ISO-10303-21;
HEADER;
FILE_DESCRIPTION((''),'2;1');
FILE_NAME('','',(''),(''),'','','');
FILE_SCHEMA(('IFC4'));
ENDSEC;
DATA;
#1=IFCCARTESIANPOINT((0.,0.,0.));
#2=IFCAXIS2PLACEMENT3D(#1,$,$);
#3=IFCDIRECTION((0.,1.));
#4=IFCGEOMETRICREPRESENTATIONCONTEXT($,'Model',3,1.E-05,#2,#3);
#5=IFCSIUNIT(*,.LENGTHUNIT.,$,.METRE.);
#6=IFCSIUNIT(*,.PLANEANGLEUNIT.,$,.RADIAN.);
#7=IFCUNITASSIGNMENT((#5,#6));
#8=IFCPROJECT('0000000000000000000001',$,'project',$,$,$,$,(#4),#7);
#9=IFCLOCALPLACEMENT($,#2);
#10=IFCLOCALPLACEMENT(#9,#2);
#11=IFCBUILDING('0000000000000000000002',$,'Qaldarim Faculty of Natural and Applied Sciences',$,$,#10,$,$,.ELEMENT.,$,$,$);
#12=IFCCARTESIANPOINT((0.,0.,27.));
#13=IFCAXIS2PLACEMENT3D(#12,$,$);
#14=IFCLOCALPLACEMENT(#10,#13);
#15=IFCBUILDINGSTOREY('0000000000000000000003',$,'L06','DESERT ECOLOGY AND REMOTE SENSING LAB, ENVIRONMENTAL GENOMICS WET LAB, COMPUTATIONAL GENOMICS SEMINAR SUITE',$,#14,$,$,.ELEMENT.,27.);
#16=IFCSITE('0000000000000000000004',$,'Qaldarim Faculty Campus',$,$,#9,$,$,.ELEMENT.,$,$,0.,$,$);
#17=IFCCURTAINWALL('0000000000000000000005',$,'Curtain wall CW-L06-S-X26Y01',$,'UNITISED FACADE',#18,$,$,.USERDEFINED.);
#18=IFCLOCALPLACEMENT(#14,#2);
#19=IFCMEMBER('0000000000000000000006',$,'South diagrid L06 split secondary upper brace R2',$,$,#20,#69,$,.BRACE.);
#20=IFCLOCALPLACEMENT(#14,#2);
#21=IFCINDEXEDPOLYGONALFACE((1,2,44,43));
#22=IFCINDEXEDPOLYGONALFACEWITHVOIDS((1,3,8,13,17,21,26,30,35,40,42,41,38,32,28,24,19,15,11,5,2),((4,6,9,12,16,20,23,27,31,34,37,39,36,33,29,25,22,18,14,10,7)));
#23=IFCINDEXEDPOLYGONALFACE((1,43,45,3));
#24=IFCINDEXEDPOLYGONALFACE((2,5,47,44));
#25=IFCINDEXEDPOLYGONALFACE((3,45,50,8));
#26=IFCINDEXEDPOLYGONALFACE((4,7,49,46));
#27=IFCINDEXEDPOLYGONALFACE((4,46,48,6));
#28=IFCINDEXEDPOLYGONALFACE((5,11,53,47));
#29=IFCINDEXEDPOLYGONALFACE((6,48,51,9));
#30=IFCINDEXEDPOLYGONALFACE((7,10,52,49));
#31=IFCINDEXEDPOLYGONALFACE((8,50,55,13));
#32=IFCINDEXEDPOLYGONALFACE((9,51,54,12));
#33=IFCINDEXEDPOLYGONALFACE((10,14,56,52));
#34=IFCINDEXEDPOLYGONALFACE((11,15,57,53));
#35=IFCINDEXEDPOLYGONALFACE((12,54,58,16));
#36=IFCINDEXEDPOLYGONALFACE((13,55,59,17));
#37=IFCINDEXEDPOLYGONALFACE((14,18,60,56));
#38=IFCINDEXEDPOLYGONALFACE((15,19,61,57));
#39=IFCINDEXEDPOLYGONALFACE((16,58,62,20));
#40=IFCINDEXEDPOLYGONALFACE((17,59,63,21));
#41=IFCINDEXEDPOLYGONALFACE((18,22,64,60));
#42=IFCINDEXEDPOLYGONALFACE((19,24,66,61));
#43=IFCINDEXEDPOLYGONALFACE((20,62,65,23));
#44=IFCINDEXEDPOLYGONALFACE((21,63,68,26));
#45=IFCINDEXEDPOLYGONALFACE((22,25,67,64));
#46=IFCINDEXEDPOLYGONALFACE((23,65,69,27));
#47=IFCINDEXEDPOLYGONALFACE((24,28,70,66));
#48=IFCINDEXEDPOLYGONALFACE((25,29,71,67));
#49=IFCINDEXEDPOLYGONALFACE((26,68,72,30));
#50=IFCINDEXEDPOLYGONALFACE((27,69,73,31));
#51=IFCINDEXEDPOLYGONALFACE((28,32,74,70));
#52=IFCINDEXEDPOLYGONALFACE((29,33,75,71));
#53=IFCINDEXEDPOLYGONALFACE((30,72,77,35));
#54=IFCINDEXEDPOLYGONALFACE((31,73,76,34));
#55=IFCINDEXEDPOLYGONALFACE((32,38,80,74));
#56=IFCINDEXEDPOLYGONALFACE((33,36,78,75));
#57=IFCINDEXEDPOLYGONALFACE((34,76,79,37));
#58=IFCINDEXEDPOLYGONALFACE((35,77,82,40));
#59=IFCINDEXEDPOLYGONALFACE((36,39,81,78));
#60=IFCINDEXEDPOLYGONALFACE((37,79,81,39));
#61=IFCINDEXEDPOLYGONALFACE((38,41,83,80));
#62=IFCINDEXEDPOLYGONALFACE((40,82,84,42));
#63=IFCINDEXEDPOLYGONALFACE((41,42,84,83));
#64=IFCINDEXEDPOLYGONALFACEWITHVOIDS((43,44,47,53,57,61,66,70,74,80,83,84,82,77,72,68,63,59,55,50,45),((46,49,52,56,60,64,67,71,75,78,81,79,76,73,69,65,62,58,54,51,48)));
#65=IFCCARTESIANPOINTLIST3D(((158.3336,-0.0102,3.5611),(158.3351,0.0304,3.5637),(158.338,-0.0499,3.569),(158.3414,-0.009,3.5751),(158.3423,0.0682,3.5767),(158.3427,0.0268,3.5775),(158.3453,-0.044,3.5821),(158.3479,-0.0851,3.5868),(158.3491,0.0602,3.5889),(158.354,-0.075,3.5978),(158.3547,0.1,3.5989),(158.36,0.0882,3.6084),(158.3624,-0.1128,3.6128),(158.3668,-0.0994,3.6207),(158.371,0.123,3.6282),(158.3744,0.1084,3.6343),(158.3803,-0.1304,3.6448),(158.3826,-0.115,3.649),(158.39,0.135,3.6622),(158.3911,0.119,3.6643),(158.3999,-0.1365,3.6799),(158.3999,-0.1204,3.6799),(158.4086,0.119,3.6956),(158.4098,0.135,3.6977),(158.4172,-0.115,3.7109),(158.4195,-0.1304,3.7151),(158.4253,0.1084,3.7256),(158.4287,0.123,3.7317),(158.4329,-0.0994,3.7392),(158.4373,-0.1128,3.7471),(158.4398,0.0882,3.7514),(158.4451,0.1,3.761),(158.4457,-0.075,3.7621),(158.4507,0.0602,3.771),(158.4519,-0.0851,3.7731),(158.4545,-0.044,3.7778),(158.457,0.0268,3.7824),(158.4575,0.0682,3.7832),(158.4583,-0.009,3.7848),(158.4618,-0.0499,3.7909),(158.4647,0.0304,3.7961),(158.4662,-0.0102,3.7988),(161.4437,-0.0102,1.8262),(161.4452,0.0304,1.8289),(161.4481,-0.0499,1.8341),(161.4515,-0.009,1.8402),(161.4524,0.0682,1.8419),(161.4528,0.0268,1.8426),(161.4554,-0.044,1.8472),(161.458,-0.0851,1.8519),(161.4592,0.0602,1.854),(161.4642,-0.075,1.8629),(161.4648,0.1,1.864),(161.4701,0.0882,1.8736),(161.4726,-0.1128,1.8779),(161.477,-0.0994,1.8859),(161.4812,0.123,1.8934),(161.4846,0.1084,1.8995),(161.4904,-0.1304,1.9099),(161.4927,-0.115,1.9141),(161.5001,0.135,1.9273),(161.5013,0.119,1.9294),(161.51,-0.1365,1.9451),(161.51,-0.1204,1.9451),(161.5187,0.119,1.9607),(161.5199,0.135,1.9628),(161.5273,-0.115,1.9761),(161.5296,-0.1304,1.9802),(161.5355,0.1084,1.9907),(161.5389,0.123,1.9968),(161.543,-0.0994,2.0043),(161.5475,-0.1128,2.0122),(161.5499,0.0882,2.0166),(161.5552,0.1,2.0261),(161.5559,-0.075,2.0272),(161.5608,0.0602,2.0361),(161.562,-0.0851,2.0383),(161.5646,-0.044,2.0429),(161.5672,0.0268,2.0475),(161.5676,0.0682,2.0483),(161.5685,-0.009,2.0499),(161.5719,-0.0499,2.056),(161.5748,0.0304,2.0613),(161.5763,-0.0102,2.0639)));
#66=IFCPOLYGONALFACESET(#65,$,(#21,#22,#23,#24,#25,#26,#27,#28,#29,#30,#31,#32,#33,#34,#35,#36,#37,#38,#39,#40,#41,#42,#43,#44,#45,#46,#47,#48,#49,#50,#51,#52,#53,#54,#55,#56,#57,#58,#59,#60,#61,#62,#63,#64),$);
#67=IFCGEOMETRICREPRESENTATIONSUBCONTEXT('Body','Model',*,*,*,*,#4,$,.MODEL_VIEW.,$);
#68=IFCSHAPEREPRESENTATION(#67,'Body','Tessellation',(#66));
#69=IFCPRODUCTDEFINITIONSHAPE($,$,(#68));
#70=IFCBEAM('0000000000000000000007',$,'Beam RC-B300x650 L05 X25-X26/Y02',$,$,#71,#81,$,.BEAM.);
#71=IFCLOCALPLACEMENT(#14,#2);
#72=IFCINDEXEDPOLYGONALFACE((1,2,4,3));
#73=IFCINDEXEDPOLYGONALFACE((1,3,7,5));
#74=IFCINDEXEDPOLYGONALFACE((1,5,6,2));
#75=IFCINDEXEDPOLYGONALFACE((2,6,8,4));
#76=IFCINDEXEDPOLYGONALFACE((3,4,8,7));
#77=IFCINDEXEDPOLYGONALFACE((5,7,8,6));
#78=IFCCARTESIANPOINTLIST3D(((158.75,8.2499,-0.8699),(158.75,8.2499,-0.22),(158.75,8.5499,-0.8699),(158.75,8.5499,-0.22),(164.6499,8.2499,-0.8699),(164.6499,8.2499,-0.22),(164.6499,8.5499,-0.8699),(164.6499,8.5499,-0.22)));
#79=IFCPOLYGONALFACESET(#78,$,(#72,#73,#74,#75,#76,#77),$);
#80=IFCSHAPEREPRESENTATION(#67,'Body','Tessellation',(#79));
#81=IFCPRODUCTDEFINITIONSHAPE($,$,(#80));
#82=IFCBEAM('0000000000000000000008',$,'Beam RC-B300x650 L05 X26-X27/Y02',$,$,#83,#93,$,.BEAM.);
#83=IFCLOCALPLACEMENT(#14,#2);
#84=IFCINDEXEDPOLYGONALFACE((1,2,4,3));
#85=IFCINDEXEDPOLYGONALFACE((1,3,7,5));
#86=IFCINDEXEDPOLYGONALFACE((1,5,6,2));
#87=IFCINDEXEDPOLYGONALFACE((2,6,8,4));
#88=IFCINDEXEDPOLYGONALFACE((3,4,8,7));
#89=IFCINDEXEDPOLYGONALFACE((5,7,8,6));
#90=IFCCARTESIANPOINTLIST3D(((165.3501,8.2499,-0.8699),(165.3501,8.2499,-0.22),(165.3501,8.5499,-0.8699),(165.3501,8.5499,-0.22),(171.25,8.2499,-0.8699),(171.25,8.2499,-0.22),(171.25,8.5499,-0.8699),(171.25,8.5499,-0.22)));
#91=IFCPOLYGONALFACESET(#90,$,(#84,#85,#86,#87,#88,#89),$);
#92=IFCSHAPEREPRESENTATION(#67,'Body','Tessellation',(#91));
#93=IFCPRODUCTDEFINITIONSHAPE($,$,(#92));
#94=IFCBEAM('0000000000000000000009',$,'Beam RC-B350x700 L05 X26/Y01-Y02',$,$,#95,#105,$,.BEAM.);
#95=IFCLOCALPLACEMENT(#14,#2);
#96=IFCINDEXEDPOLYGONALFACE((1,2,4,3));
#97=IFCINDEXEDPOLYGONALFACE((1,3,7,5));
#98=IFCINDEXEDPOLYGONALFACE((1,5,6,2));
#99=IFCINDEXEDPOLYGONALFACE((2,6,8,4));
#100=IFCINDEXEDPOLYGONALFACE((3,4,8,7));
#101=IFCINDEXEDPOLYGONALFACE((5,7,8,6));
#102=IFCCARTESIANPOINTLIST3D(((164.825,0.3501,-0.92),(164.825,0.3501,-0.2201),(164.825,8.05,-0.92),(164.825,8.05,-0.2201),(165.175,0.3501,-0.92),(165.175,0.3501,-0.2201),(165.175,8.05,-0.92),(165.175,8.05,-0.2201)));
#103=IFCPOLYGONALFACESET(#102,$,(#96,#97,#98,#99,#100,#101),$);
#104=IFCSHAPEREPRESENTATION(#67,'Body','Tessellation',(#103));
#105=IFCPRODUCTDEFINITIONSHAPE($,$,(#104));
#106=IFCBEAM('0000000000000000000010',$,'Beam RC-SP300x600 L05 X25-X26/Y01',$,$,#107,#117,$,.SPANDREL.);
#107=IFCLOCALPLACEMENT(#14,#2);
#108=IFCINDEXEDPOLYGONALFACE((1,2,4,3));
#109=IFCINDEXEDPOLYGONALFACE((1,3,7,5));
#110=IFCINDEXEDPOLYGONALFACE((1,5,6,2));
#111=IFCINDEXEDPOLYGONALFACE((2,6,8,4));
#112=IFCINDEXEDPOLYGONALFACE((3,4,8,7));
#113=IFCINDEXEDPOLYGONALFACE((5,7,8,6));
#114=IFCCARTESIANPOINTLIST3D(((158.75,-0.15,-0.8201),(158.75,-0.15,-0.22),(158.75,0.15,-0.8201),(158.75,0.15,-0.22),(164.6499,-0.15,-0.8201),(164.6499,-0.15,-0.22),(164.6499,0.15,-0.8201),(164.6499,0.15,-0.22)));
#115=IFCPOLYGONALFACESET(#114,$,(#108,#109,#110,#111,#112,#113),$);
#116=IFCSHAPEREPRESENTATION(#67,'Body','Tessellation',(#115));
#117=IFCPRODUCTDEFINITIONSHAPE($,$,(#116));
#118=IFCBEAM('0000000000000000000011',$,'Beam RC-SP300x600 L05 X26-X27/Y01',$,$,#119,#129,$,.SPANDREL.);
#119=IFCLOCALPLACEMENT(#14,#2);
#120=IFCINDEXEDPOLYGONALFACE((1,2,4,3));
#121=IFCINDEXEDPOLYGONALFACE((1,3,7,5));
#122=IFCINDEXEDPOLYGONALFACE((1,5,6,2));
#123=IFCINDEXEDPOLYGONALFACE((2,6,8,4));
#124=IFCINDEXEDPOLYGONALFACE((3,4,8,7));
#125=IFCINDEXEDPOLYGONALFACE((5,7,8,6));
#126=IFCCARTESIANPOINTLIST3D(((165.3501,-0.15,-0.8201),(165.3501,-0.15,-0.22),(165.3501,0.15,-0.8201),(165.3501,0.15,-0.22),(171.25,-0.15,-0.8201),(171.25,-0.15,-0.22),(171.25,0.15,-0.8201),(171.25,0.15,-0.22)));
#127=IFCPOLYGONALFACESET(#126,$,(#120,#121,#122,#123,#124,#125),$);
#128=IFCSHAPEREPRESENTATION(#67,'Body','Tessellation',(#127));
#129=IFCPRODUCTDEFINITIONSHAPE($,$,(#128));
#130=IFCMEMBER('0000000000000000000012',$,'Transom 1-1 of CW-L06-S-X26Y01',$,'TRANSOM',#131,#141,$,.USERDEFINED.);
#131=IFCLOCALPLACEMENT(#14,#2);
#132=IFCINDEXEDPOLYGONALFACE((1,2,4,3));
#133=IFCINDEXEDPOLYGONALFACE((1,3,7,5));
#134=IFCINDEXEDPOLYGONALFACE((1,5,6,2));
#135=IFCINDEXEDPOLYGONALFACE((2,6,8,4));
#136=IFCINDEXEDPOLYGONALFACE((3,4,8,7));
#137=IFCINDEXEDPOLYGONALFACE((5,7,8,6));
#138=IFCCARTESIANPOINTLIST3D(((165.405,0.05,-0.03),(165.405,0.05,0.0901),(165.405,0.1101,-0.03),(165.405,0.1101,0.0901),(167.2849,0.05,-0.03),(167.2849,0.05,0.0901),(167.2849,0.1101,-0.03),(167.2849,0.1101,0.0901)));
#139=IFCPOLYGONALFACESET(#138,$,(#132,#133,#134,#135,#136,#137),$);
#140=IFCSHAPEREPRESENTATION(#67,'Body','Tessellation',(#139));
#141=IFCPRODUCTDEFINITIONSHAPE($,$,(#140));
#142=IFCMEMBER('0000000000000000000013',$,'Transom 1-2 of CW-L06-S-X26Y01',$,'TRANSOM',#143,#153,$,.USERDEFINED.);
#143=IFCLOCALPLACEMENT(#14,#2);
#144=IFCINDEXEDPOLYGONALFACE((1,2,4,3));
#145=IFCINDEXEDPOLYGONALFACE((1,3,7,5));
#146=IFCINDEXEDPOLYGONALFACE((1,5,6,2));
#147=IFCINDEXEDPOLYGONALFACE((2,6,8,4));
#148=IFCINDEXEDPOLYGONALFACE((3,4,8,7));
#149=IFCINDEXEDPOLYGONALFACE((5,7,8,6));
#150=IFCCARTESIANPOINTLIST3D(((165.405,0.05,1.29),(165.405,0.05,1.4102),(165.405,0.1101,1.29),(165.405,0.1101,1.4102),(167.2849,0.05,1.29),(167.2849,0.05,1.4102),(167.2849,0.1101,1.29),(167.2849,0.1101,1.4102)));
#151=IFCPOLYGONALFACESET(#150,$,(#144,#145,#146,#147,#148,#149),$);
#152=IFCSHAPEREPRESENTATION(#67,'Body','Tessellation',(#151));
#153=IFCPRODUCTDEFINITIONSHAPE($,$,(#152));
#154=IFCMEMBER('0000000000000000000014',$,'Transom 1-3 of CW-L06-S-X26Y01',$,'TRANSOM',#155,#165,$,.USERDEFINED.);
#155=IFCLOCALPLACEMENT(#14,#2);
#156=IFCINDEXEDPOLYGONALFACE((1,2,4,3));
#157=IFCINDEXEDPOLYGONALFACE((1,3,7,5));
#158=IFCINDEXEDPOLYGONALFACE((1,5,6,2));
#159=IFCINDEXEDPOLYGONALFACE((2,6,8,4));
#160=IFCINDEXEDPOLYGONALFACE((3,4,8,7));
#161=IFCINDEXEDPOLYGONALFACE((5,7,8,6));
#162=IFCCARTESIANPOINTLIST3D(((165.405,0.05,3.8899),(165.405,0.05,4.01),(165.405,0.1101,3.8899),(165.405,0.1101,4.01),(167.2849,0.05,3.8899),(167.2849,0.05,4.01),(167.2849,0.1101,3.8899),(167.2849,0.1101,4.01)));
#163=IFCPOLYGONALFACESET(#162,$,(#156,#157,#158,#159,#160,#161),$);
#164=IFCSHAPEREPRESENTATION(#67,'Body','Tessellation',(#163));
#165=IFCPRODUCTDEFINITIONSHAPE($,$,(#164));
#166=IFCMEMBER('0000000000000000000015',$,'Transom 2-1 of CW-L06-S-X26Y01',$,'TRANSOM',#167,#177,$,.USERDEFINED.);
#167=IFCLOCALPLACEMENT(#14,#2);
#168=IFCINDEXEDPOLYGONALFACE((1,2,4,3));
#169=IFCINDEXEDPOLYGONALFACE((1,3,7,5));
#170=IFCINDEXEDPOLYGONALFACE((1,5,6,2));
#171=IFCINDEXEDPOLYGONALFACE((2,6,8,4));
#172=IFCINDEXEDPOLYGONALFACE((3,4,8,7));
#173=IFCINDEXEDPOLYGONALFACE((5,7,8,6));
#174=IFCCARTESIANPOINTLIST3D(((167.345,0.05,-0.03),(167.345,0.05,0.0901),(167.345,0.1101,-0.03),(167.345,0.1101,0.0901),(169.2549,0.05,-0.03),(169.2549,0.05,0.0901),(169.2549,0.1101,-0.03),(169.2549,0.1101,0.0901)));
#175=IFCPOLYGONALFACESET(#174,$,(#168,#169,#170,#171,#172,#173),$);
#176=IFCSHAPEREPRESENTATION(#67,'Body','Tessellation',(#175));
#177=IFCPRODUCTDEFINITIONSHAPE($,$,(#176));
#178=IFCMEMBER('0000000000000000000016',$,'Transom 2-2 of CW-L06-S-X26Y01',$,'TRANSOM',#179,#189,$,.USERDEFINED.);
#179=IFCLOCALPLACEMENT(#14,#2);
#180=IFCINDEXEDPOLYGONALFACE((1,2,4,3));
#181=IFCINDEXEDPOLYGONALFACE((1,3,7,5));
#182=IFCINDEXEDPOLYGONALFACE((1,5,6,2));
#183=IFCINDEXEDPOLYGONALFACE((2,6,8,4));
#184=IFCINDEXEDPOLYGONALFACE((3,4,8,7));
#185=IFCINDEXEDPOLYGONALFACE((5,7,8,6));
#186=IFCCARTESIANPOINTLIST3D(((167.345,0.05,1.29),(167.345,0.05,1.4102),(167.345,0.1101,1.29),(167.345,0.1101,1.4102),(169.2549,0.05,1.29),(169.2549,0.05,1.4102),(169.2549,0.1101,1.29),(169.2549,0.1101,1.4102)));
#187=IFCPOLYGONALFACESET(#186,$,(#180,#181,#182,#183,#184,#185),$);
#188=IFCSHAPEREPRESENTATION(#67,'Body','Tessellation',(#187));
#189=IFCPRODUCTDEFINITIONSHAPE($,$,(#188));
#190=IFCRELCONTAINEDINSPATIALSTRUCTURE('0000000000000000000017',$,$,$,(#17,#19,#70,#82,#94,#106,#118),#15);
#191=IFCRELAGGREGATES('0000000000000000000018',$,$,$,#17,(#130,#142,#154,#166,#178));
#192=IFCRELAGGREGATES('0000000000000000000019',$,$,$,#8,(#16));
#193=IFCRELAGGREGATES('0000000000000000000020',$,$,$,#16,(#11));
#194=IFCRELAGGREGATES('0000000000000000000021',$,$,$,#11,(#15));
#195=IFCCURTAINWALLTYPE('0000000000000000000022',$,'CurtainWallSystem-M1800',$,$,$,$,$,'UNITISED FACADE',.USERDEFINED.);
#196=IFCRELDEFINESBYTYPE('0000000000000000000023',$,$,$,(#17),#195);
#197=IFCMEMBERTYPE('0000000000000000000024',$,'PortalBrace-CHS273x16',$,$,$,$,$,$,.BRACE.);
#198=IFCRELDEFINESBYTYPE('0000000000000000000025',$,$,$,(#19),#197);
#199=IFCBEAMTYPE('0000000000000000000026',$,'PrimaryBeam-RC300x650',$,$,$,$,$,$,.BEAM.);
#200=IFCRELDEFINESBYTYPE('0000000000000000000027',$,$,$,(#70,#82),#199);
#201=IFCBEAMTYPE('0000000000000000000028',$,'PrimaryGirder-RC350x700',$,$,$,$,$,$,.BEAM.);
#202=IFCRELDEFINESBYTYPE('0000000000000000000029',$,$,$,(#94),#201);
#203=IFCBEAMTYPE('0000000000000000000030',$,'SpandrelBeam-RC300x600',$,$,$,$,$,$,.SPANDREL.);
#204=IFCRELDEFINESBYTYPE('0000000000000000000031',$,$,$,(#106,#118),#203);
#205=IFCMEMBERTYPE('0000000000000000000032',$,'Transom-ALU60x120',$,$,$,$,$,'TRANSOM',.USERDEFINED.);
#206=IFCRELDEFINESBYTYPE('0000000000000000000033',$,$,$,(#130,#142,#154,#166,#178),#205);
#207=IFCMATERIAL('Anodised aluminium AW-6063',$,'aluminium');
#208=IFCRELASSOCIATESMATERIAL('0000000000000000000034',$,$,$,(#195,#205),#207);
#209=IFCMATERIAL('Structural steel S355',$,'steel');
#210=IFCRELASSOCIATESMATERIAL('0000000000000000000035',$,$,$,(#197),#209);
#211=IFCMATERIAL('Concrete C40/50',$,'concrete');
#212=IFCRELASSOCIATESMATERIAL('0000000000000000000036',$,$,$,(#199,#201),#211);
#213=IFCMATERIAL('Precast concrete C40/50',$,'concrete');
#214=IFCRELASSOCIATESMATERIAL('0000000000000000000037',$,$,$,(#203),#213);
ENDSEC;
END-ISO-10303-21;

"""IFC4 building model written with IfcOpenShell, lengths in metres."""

from ifc_helpers import new_model, si_unit, direction, frame, origin, origin_2d, place, context, subcontext, project, spatial, rectangle, hollow_circle, extrude, material, material_profile, profile_set, type_object, element, aggregate, save


model = new_model("IFC4")

# Units and contexts
model_context = context("Model", 3, precision=1e-05, world=origin(), true_north=direction((0.0, 1.0)))
body_context = subcontext(model_context, "Body", "Model", "MODEL_VIEW")
ifc_project = project(units=[si_unit("LENGTHUNIT", "METRE"), si_unit("PLANEANGLEUNIT", "RADIAN")], contexts=[model_context])

# Site, building, storey
site_placement = place(None, origin())
site = spatial("IfcSite", under=ifc_project, at=site_placement, Name="Qaldarim Faculty Campus", CompositionType="ELEMENT", RefElevation=0.0)
building_placement = place(site_placement, origin())
building = spatial("IfcBuilding", under=site, at=building_placement, Name="Qaldarim Faculty of Natural and Applied Sciences", CompositionType="ELEMENT")
storey_placement = place(building_placement, frame((0.0, 0.0, 27.0)))
storey = spatial("IfcBuildingStorey", under=building, at=storey_placement, Name="L06", Description="DESERT ECOLOGY AND REMOTE SENSING LAB, ENVIRONMENTAL GENOMICS WET LAB, COMPUTATIONAL GENOMICS SEMINAR SUITE", CompositionType="ELEMENT", Elevation=27.0)

# Shared definitions
ifc_material_1 = material(Name="Concrete C40/50", Category="concrete")

# Curtain wall
ifc_material_2 = material(Name="Anodised aluminium AW-6063", Category="aluminium")
curtain_wall_type = type_object("IfcCurtainWallType", Name="CurtainWallSystem-M1800", ElementType="UNITISED FACADE", PredefinedType="USERDEFINED", material=ifc_material_2)
curtain_wall_placement = place(storey_placement, origin())
curtain_wall = element("IfcCurtainWall", 1, at=curtain_wall_placement, inside=storey, type_object=curtain_wall_type, Name="Curtain wall CW-L06-S-X26Y01", ObjectType="UNITISED FACADE", PredefinedType="USERDEFINED")

# Member
ifc_material_3 = material(Name="Structural steel S355", Category="steel")
ifc_material_profile_1 = material_profile(ifc_material_3, hollow_circle(Radius=0.1365, WallThickness=0.0161, at=origin_2d()), Name="CHS 273.0x16.0")
ifc_profile_set_1 = profile_set([ifc_material_profile_1], Name="Structural steel S355")
member_type_1 = type_object("IfcMemberType", Name="PortalBrace-CHS273x16", PredefinedType="BRACE", material=ifc_profile_set_1)
for number, where, z_axis, x_axis, name in (
    (2, (161.51, 0.0, 1.9451), (-0.873318, 0.0, 0.48715), (0.0, -1.0, 0.0), "South diagrid L06 split secondary upper brace R2"),
):
    element("IfcMember", number, at=place(storey_placement, frame(where, z_axis=z_axis, x_axis=x_axis)), inside=storey, type_object=member_type_1, Name=name, PredefinedType="BRACE", context=body_context, shape_type="SweptSolid", body=[
        extrude(hollow_circle(Radius=0.1365, WallThickness=0.0161, at=origin_2d()), origin(), (0.0, 0.0, 1.0), 3.5613),
    ])

# Beams
ifc_material_profile_2 = material_profile(ifc_material_1, rectangle(XDim=0.3, YDim=0.6499, at=origin_2d()), Name="RC-B300x650")
ifc_profile_set_2 = profile_set([ifc_material_profile_2], Name="Concrete C40/50")
beam_type_1 = type_object("IfcBeamType", Name="PrimaryBeam-RC300x650", PredefinedType="BEAM", material=ifc_profile_set_2)
for number, where, z_axis, x_axis, name in (
    (3, (158.75, 8.3999, -0.5449), (1.0, 0.0, 0.0), (0.0, 1.0, 0.0), "Beam RC-B300x650 L05 X25-X26/Y02"),
    (4, (165.3501, 8.3999, -0.5449), (1.0, 0.0, 0.0), (0.0, 1.0, 0.0), "Beam RC-B300x650 L05 X26-X27/Y02"),
):
    element("IfcBeam", number, at=place(storey_placement, frame(where, z_axis=z_axis, x_axis=x_axis)), inside=storey, type_object=beam_type_1, Name=name, PredefinedType="BEAM", context=body_context, shape_type="SweptSolid", body=[
        extrude(rectangle(XDim=0.3, YDim=0.6499, at=origin_2d()), origin(), (0.0, 0.0, 1.0), 5.8999),
    ])
ifc_material_profile_3 = material_profile(ifc_material_1, rectangle(XDim=0.3501, YDim=0.7, at=origin_2d()), Name="RC-B350x700")
ifc_profile_set_3 = profile_set([ifc_material_profile_3], Name="Concrete C40/50")
beam_type_2 = type_object("IfcBeamType", Name="PrimaryGirder-RC350x700", PredefinedType="BEAM", material=ifc_profile_set_3)
beam_placement = place(storey_placement, frame((165.0, 0.3501, -0.5701), z_axis=(0.0, 1.0, 0.0), x_axis=(-1.0, 0.0, 0.0)))
element("IfcBeam", 5, at=beam_placement, inside=storey, type_object=beam_type_2, Name="Beam RC-B350x700 L05 X26/Y01-Y02", PredefinedType="BEAM", context=body_context, shape_type="SweptSolid", body=[
    extrude(rectangle(XDim=0.3501, YDim=0.7, at=origin_2d()), origin(), (0.0, 0.0, 1.0), 7.7),
])
ifc_material_4 = material(Name="Precast concrete C40/50", Category="concrete")
ifc_material_profile_4 = material_profile(ifc_material_4, rectangle(XDim=0.3, YDim=0.6001, at=origin_2d()), Name="RC-SP300x600")
ifc_profile_set_4 = profile_set([ifc_material_profile_4], Name="Precast concrete C40/50")
beam_type_3 = type_object("IfcBeamType", Name="SpandrelBeam-RC300x600", PredefinedType="SPANDREL", material=ifc_profile_set_4)
for number, where, z_axis, x_axis, name in (
    (6, (158.75, 0.0, -0.52), (1.0, 0.0, 0.0), (0.0, 1.0, 0.0), "Beam RC-SP300x600 L05 X25-X26/Y01"),
    (7, (165.3501, 0.0, -0.52), (1.0, 0.0, 0.0), (0.0, 1.0, 0.0), "Beam RC-SP300x600 L05 X26-X27/Y01"),
):
    element("IfcBeam", number, at=place(storey_placement, frame(where, z_axis=z_axis, x_axis=x_axis)), inside=storey, type_object=beam_type_3, Name=name, PredefinedType="SPANDREL", context=body_context, shape_type="SweptSolid", body=[
        extrude(rectangle(XDim=0.3, YDim=0.6001, at=origin_2d()), origin(), (0.0, 0.0, 1.0), 5.8999),
    ])

# Members
ifc_material_profile_5 = material_profile(ifc_material_2, rectangle(XDim=0.0601, YDim=0.1201, at=origin_2d()), Name="ALU-T60x120")
ifc_profile_set_5 = profile_set([ifc_material_profile_5], Name="Anodised aluminium AW-6063")
member_type_2 = type_object("IfcMemberType", Name="Transom-ALU60x120", ElementType="TRANSOM", PredefinedType="USERDEFINED", material=ifc_profile_set_5)
member_1_placement = place(storey_placement, frame((165.405, 0.0801, 0.03), z_axis=(1.0, 0.0, 0.0), x_axis=(0.0, 1.0, 0.0)))
member_1 = element("IfcMember", 8, at=member_1_placement, type_object=member_type_2, Name="Transom 1-1 of CW-L06-S-X26Y01", ObjectType="TRANSOM", PredefinedType="USERDEFINED", context=body_context, shape_type="SweptSolid", body=[
    extrude(rectangle(XDim=0.0601, YDim=0.1201, at=origin_2d()), origin(), (0.0, 0.0, 1.0), 1.8799),
])
member_2_placement = place(storey_placement, frame((165.405, 0.0801, 1.3501), z_axis=(1.0, 0.0, 0.0), x_axis=(0.0, 1.0, 0.0)))
member_2 = element("IfcMember", 9, at=member_2_placement, type_object=member_type_2, Name="Transom 1-2 of CW-L06-S-X26Y01", ObjectType="TRANSOM", PredefinedType="USERDEFINED", context=body_context, shape_type="SweptSolid", body=[
    extrude(rectangle(XDim=0.0601, YDim=0.1201, at=origin_2d()), origin(), (0.0, 0.0, 1.0), 1.8799),
])
member_3_placement = place(storey_placement, frame((165.405, 0.0801, 3.95), z_axis=(1.0, 0.0, 0.0), x_axis=(0.0, 1.0, 0.0)))
member_3 = element("IfcMember", 10, at=member_3_placement, type_object=member_type_2, Name="Transom 1-3 of CW-L06-S-X26Y01", ObjectType="TRANSOM", PredefinedType="USERDEFINED", context=body_context, shape_type="SweptSolid", body=[
    extrude(rectangle(XDim=0.0601, YDim=0.1201, at=origin_2d()), origin(), (0.0, 0.0, 1.0), 1.8799),
])
member_4_placement = place(storey_placement, frame((167.345, 0.0801, 0.03), z_axis=(1.0, 0.0, 0.0), x_axis=(0.0, 1.0, 0.0)))
member_4 = element("IfcMember", 11, at=member_4_placement, type_object=member_type_2, Name="Transom 2-1 of CW-L06-S-X26Y01", ObjectType="TRANSOM", PredefinedType="USERDEFINED", context=body_context, shape_type="SweptSolid", body=[
    extrude(rectangle(XDim=0.0601, YDim=0.1201, at=origin_2d()), origin(), (0.0, 0.0, 1.0), 1.9099),
])
member_5_placement = place(storey_placement, frame((167.345, 0.0801, 1.3501), z_axis=(1.0, 0.0, 0.0), x_axis=(0.0, 1.0, 0.0)))
member_5 = element("IfcMember", 12, at=member_5_placement, type_object=member_type_2, Name="Transom 2-2 of CW-L06-S-X26Y01", ObjectType="TRANSOM", PredefinedType="USERDEFINED", context=body_context, shape_type="SweptSolid", body=[
    extrude(rectangle(XDim=0.0601, YDim=0.1201, at=origin_2d()), origin(), (0.0, 0.0, 1.0), 1.9099),
])

aggregate(curtain_wall, [member_1, member_2, member_3, member_4, member_5])

save(model, "model.ifc")
